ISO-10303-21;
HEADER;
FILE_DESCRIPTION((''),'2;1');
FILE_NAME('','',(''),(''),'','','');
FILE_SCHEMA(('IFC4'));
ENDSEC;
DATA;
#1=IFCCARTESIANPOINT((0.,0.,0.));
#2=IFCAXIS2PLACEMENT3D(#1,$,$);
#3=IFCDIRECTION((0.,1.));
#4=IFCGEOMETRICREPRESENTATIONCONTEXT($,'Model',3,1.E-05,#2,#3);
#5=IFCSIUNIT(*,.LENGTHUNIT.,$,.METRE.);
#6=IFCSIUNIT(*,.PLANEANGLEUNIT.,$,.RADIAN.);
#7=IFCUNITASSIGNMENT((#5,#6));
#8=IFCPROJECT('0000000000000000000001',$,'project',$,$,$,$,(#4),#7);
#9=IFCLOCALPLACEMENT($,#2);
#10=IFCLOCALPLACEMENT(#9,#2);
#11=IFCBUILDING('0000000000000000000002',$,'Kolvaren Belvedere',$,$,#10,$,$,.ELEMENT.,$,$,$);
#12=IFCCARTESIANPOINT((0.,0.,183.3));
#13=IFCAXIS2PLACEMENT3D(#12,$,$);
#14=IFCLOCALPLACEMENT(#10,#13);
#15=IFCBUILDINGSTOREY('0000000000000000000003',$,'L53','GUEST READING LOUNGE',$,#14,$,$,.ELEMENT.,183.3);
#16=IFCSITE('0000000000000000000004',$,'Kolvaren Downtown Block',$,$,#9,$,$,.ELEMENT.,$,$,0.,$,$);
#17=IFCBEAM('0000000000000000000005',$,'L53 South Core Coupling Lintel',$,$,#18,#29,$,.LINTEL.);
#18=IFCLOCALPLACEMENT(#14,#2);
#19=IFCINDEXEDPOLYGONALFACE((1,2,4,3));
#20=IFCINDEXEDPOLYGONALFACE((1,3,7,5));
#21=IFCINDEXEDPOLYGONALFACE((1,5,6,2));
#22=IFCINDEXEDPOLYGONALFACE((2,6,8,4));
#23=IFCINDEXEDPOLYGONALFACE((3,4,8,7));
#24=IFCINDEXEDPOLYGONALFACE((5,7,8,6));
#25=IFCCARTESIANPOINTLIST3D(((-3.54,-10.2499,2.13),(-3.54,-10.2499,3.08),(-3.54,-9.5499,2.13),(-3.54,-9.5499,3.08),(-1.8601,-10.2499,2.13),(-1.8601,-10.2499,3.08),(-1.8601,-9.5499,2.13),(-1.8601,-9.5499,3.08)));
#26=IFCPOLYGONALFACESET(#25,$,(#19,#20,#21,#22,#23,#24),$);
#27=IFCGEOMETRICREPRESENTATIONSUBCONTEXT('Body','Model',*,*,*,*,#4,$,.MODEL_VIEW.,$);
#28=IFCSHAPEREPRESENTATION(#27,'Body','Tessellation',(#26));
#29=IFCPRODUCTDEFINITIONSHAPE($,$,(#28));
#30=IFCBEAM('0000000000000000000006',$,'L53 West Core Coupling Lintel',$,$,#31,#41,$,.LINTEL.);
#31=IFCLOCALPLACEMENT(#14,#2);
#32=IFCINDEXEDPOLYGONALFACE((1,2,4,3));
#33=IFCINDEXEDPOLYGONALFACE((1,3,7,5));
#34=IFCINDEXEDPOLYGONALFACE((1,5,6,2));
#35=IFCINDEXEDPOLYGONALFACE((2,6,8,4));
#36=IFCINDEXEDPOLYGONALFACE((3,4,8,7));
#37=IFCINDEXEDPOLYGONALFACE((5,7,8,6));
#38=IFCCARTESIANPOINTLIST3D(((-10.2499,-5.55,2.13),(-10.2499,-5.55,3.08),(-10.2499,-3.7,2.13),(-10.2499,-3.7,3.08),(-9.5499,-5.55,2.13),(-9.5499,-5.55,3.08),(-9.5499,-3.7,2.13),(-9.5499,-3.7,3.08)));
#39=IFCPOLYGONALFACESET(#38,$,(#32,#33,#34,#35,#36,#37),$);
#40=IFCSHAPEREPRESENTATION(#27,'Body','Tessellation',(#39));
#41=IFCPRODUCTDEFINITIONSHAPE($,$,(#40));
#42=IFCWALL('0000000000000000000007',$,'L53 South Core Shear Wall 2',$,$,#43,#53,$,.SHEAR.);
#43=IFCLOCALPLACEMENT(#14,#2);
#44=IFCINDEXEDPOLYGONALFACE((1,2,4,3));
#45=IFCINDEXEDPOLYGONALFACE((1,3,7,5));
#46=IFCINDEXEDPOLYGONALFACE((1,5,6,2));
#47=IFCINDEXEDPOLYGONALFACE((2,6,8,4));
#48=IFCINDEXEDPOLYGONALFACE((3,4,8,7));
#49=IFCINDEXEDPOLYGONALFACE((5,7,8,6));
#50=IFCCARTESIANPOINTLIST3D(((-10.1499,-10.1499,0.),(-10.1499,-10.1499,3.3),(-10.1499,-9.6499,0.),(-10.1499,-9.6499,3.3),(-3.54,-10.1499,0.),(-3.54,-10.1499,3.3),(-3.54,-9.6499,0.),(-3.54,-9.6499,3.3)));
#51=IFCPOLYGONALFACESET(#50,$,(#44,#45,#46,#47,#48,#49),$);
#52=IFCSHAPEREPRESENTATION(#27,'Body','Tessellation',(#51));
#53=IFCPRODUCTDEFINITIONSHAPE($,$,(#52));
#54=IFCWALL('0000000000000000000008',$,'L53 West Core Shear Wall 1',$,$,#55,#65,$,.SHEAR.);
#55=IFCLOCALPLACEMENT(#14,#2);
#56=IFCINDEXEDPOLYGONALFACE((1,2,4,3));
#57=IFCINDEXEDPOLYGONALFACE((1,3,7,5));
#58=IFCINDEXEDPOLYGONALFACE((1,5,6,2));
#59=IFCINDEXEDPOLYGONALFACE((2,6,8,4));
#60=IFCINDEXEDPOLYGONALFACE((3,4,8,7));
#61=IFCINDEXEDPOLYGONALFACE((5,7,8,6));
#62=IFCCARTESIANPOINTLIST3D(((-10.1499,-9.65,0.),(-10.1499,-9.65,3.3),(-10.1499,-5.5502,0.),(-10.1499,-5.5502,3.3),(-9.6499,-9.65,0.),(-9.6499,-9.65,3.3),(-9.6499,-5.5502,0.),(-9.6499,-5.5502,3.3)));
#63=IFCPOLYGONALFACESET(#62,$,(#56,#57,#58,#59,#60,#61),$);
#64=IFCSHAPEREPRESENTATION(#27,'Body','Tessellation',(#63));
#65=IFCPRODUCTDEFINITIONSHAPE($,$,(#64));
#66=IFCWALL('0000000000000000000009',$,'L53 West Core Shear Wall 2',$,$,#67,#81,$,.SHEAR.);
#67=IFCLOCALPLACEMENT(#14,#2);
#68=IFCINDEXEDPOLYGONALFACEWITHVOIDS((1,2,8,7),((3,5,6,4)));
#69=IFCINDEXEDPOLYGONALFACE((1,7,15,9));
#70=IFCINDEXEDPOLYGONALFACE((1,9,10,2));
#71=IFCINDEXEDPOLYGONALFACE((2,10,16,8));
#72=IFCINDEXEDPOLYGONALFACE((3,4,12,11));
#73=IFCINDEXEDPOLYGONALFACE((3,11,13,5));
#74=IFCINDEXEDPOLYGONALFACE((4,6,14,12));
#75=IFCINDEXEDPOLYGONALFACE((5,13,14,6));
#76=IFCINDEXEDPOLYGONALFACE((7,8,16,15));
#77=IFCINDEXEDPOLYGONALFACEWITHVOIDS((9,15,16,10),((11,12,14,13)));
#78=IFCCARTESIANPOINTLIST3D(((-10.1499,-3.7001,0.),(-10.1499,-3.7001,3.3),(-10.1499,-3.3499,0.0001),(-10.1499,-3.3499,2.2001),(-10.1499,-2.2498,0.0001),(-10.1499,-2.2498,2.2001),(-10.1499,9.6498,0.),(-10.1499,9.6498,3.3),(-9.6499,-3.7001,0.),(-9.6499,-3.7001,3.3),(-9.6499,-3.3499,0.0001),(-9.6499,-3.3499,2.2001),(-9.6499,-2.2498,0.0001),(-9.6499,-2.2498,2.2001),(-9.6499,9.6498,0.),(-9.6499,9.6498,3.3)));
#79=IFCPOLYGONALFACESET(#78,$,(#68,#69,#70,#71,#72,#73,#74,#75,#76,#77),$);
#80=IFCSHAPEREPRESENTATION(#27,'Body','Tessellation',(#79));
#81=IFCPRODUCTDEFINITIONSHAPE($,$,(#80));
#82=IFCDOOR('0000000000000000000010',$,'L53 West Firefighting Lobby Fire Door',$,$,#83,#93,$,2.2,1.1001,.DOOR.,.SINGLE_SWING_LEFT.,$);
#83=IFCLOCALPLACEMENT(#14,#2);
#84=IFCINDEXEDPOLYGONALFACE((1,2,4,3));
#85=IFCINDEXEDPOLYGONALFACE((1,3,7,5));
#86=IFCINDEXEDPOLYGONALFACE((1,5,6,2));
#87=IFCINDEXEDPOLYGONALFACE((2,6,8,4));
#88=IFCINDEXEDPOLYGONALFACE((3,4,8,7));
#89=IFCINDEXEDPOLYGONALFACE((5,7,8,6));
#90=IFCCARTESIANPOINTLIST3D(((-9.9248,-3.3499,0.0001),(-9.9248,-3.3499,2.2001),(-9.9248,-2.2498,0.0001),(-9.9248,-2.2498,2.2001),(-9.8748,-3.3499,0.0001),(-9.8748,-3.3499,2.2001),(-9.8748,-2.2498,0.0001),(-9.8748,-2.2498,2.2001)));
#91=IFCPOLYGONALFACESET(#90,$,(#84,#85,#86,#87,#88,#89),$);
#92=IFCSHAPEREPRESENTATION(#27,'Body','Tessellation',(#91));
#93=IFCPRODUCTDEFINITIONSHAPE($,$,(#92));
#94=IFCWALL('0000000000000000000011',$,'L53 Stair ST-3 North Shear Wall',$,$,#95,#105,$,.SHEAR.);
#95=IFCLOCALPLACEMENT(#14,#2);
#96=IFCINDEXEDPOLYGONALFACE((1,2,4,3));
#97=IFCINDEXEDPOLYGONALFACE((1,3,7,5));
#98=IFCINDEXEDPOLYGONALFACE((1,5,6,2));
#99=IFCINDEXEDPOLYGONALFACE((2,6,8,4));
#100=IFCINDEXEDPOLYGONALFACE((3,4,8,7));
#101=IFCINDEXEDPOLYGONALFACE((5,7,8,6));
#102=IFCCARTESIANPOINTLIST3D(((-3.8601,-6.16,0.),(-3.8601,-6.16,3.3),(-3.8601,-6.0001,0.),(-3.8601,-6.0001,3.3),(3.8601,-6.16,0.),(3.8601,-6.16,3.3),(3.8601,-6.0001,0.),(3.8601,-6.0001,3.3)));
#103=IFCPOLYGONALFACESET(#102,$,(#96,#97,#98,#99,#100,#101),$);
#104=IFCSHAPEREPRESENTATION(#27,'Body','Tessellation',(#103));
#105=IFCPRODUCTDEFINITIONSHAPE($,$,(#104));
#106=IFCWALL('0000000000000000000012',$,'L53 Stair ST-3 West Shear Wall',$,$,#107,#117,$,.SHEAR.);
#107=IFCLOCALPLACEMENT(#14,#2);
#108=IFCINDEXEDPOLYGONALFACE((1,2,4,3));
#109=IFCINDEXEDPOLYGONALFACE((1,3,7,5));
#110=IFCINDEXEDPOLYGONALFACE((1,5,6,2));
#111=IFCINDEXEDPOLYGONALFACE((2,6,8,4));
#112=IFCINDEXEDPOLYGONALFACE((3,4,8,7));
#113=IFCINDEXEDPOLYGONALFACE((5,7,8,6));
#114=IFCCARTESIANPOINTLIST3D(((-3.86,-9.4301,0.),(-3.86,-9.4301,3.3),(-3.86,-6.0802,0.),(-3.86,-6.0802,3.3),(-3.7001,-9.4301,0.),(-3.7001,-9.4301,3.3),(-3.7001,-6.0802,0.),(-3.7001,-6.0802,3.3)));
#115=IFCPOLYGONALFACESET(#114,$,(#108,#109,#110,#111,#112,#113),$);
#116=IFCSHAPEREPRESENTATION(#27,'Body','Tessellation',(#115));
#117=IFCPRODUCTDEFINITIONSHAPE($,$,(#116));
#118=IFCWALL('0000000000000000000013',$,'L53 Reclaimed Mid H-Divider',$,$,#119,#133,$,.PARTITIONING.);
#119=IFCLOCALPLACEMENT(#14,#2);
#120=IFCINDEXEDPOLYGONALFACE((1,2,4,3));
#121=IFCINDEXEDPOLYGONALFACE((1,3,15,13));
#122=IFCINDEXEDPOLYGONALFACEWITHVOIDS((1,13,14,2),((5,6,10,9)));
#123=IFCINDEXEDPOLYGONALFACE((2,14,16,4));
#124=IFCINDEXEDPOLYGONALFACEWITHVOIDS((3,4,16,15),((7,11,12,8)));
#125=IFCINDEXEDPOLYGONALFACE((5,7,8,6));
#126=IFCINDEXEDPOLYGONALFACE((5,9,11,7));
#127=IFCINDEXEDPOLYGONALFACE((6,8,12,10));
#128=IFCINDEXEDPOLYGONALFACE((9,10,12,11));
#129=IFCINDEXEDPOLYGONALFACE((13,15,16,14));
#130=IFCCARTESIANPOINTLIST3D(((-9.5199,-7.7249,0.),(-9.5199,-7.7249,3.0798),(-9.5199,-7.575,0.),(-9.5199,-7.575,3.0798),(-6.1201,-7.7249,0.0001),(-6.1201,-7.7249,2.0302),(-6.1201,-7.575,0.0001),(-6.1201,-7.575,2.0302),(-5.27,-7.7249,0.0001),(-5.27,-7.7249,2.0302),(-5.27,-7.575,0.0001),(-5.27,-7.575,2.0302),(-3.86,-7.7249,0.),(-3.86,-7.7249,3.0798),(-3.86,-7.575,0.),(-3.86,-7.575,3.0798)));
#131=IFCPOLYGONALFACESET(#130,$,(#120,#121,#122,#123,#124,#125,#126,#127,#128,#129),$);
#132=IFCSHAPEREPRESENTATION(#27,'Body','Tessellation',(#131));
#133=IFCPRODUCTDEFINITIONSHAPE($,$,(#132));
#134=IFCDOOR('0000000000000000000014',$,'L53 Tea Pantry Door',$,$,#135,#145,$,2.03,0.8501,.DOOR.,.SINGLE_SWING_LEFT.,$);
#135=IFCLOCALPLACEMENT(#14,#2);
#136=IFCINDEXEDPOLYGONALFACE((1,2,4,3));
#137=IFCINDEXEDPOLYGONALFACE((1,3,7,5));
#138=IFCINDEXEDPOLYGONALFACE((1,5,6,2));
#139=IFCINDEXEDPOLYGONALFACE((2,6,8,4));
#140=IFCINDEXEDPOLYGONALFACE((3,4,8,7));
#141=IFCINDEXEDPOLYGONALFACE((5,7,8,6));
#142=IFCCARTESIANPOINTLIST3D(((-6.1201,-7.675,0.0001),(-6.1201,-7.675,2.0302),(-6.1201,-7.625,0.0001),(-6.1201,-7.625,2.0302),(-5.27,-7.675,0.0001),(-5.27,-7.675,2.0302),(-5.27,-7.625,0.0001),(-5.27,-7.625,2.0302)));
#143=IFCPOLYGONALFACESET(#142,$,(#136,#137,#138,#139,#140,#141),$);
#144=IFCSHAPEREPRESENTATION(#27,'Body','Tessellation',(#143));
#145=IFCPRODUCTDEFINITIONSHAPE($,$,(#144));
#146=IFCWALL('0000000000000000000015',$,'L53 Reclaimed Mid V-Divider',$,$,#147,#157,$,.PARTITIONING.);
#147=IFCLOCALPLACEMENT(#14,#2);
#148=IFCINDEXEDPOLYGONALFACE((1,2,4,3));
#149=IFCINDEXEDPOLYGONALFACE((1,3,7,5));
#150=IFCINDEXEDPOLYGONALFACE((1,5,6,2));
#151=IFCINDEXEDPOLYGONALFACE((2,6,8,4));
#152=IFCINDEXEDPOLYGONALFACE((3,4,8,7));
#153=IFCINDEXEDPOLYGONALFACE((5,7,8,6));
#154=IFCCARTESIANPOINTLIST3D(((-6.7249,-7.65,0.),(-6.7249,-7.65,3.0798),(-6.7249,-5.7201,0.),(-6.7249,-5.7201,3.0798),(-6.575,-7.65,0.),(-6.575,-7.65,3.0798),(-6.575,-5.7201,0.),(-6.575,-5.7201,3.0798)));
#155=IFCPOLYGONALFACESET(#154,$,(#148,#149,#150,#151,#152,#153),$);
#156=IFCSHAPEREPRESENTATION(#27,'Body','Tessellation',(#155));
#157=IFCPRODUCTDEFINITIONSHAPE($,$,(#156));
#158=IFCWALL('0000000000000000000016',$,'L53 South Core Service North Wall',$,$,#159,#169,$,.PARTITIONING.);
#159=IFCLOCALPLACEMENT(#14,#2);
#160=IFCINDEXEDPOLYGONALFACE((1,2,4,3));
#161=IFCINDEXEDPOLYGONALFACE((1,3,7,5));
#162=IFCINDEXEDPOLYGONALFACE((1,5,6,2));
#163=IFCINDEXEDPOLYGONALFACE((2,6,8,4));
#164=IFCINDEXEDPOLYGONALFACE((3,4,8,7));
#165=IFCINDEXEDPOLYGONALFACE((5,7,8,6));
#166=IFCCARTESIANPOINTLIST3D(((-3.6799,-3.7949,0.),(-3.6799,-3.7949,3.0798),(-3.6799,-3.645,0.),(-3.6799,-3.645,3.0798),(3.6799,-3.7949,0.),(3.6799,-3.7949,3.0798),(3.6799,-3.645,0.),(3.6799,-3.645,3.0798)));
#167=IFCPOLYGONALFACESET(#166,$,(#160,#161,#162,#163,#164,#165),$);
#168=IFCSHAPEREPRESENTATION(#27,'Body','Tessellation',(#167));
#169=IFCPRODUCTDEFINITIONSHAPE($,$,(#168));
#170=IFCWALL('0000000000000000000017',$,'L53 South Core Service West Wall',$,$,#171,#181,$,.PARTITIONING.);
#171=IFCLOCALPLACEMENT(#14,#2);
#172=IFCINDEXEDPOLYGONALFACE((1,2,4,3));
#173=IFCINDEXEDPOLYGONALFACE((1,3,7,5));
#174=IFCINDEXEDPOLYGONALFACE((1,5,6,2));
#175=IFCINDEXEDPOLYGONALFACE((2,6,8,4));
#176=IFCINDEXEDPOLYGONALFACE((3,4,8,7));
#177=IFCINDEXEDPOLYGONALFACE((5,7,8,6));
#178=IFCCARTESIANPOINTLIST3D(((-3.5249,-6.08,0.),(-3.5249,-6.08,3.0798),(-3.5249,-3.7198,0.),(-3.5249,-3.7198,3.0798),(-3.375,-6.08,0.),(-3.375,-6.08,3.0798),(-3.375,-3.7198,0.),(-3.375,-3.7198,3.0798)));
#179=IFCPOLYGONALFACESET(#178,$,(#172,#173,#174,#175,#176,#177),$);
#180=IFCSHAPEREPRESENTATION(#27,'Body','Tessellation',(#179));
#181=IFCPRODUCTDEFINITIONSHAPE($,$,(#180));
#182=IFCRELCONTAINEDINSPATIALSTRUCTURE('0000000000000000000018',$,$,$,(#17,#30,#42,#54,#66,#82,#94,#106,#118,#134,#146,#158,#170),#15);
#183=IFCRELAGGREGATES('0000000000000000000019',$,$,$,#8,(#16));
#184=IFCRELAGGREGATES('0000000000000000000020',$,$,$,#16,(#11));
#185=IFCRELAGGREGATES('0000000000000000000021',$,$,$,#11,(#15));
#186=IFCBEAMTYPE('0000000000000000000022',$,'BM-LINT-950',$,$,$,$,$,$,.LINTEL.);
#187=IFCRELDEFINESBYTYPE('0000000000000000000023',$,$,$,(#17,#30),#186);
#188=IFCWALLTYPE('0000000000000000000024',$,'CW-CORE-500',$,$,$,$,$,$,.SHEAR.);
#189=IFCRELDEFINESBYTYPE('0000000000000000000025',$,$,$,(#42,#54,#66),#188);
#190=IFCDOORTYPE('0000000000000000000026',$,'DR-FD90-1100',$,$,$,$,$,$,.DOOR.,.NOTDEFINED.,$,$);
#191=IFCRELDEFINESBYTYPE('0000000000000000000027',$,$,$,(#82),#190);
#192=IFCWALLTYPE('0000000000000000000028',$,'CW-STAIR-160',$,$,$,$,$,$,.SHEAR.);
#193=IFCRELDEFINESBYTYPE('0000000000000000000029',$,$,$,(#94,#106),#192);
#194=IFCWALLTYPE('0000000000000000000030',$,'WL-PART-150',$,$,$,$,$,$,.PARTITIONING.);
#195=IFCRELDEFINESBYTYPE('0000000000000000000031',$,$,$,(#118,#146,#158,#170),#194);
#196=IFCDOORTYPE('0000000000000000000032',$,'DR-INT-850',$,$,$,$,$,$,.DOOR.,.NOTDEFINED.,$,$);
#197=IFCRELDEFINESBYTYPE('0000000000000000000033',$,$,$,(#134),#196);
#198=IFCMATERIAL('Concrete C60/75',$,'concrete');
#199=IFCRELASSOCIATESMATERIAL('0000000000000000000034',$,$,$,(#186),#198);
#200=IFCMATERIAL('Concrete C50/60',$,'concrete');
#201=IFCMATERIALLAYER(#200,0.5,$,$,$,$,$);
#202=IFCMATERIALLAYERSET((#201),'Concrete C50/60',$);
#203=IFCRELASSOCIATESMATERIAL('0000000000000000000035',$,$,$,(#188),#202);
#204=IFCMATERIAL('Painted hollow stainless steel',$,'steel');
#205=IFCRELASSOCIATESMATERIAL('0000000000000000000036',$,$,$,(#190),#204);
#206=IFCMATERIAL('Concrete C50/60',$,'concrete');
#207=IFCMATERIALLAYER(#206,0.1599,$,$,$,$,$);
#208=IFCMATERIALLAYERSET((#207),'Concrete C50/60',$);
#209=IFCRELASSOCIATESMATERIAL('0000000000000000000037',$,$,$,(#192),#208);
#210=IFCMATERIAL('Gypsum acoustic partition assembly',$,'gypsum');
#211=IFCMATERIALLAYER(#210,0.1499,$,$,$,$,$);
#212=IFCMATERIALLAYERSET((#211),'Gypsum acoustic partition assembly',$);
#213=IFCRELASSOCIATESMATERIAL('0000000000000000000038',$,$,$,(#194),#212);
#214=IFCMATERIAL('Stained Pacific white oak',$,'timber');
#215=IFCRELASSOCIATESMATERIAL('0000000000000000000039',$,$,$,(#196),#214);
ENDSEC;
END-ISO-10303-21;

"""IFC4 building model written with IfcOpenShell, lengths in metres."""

from ifc_helpers import new_model, si_unit, direction, frame, frame_2d, origin, origin_2d, place, context, subcontext, project, spatial, rectangle, extrude, material, layer, layer_set, material_profile, profile_set, type_object, element, fill, save


model = new_model("IFC4")

# Units and contexts
model_context = context("Model", 3, precision=1e-05, world=origin(), true_north=direction((0.0, 1.0)))
body_context = subcontext(model_context, "Body", "Model", "MODEL_VIEW")
ifc_project = project(units=[si_unit("LENGTHUNIT", "METRE"), si_unit("PLANEANGLEUNIT", "RADIAN")], contexts=[model_context])

# Site, building, storey
site_placement = place(None, origin())
site = spatial("IfcSite", under=ifc_project, at=site_placement, Name="Kolvaren Downtown Block", CompositionType="ELEMENT", RefElevation=0.0)
building_placement = place(site_placement, origin())
building = spatial("IfcBuilding", under=site, at=building_placement, Name="Kolvaren Belvedere", CompositionType="ELEMENT")
storey_placement = place(building_placement, frame((0.0, 0.0, 183.3)))
storey = spatial("IfcBuildingStorey", under=building, at=storey_placement, Name="L53", Description="GUEST READING LOUNGE", CompositionType="ELEMENT", Elevation=183.3)

# Beams
ifc_material_1 = material(Name="Concrete C60/75", Category="concrete")
ifc_material_profile_1 = material_profile(ifc_material_1, rectangle(XDim=0.7, YDim=0.95, at=origin_2d()), Name="RC 700X950")
ifc_profile_set_1 = profile_set([ifc_material_profile_1], Name="Concrete C60/75")
beam_type_1 = type_object("IfcBeamType", Name="BM-LINT-950", PredefinedType="LINTEL", material=ifc_profile_set_1)
beam_1_placement = place(storey_placement, frame((-3.54, -9.8999, 2.605), z_axis=(1.0, 0.0, 0.0), x_axis=(0.0, 1.0, 0.0)))
element("IfcBeam", 1, at=beam_1_placement, inside=storey, type_object=beam_type_1, Name="L53 South Core Coupling Lintel", PredefinedType="LINTEL", context=body_context, shape_type="SweptSolid", body=[
    extrude(rectangle(XDim=0.7, YDim=0.95, at=origin_2d()), origin(), (0.0, 0.0, 1.0), 1.6799),
])
beam_2_placement = place(storey_placement, frame((-9.8999, -5.55, 2.605), z_axis=(0.0, 1.0, 0.0), x_axis=(-1.0, 0.0, 0.0)))
element("IfcBeam", 2, at=beam_2_placement, inside=storey, type_object=beam_type_1, Name="L53 West Core Coupling Lintel", PredefinedType="LINTEL", context=body_context, shape_type="SweptSolid", body=[
    extrude(rectangle(XDim=0.7, YDim=0.95, at=origin_2d()), origin(), (0.0, 0.0, 1.0), 1.8501),
])

# Walls
ifc_material_2 = material(Name="Concrete C50/60", Category="concrete")
ifc_layer_1 = layer(ifc_material_2, 0.5)
ifc_layer_set_1 = layer_set([ifc_layer_1], Name="Concrete C50/60")
wall_type_1 = type_object("IfcWallType", Name="CW-CORE-500", PredefinedType="SHEAR", material=ifc_layer_set_1)
wall_1_placement = place(storey_placement, frame((-3.54, -9.8999, 0.0), z_axis=(0.0, 0.0, 1.0), x_axis=(-1.0, 0.0, 0.0)))
element("IfcWall", 3, at=wall_1_placement, inside=storey, type_object=wall_type_1, Name="L53 South Core Shear Wall 2", PredefinedType="SHEAR", context=body_context, shape_type="SweptSolid", body=[
    extrude(rectangle(XDim=6.6099, YDim=0.5, at=frame_2d((3.3049, 0.0))), origin(), (0.0, 0.0, 1.0), 3.3),
])
wall_2_placement = place(storey_placement, frame((-9.8999, -9.6499, 0.0), z_axis=(0.0, 0.0, 1.0), x_axis=(0.0, 1.0, 0.0)))
element("IfcWall", 4, at=wall_2_placement, inside=storey, type_object=wall_type_1, Name="L53 West Core Shear Wall 1", PredefinedType="SHEAR", context=body_context, shape_type="SweptSolid", body=[
    extrude(rectangle(XDim=4.0999, YDim=0.5, at=frame_2d((2.0498, 0.0))), origin(), (0.0, 0.0, 1.0), 3.3),
])

# Wall, opening, door
wall_3_placement = place(storey_placement, frame((-9.8999, -3.7, 0.0), z_axis=(0.0, 0.0, 1.0), x_axis=(0.0, 1.0, 0.0)))
wall_3 = element("IfcWall", 5, at=wall_3_placement, inside=storey, type_object=wall_type_1, Name="L53 West Core Shear Wall 2", PredefinedType="SHEAR", context=body_context, shape_type="SweptSolid", body=[
    extrude(rectangle(XDim=13.3499, YDim=0.5, at=frame_2d((6.6748, 0.0))), origin(), (0.0, 0.0, 1.0), 3.3),
])
opening_1_placement = place(wall_3_placement, frame((0.3501, 0.0, 0.0)))
opening_1 = element("IfcOpeningElement", 6, at=opening_1_placement, cuts=wall_3, PredefinedType="OPENING", context=body_context, shape_type="SweptSolid", body=[
    extrude(rectangle(XDim=1.1001, YDim=2.2, at=frame_2d((0.55, 1.1001))), frame((0.0, 0.26, 0.0), z_axis=(0.0, -1.0, 0.0), x_axis=(1.0, 0.0, 0.0)), (0.0, 0.0, 1.0), 0.52),
])
ifc_material_3 = material(Name="Painted hollow stainless steel", Category="steel")
door_type_1 = type_object("IfcDoorType", Name="DR-FD90-1100", OperationType="NOTDEFINED", PredefinedType="DOOR", material=ifc_material_3)
door_1_placement = place(opening_1_placement, origin())
door_1 = element("IfcDoor", 7, at=door_1_placement, inside=storey, type_object=door_type_1, Name="L53 West Firefighting Lobby Fire Door", OperationType="SINGLE_SWING_LEFT", OverallHeight=2.2, OverallWidth=1.1001, PredefinedType="DOOR", context=body_context, shape_type="SweptSolid", body=[
    extrude(rectangle(XDim=1.1001, YDim=2.2, at=frame_2d((0.55, 1.1001))), frame((0.0, 0.0249, 0.0), z_axis=(0.0, -1.0, 0.0), x_axis=(1.0, 0.0, 0.0)), (0.0, 0.0, 1.0), 0.05),
])
fill(opening_1, door_1)

# Walls
ifc_material_4 = material(Name="Concrete C50/60", Category="concrete")
ifc_layer_2 = layer(ifc_material_4, 0.1599)
ifc_layer_set_2 = layer_set([ifc_layer_2], Name="Concrete C50/60")
wall_type_2 = type_object("IfcWallType", Name="CW-STAIR-160", PredefinedType="SHEAR", material=ifc_layer_set_2)
wall_4_placement = place(storey_placement, frame((-3.8601, -6.0801, 0.0), z_axis=(0.0, 0.0, 1.0), x_axis=(1.0, 0.0, 0.0)))
element("IfcWall", 8, at=wall_4_placement, inside=storey, type_object=wall_type_2, Name="L53 Stair ST-3 North Shear Wall", PredefinedType="SHEAR", context=body_context, shape_type="SweptSolid", body=[
    extrude(rectangle(XDim=7.7202, YDim=0.1599, at=frame_2d((3.8601, 0.0))), origin(), (0.0, 0.0, 1.0), 3.3),
])
wall_5_placement = place(storey_placement, frame((-3.78, -9.4299, 0.0), z_axis=(0.0, 0.0, 1.0), x_axis=(0.0, 1.0, 0.0)))
element("IfcWall", 9, at=wall_5_placement, inside=storey, type_object=wall_type_2, Name="L53 Stair ST-3 West Shear Wall", PredefinedType="SHEAR", context=body_context, shape_type="SweptSolid", body=[
    extrude(rectangle(XDim=3.3499, YDim=0.1599, at=frame_2d((1.6748, 0.0))), origin(), (0.0, 0.0, 1.0), 3.3),
])

# Wall, opening, door
ifc_material_5 = material(Name="Gypsum acoustic partition assembly", Category="gypsum")
ifc_layer_3 = layer(ifc_material_5, 0.1499)
ifc_layer_set_3 = layer_set([ifc_layer_3], Name="Gypsum acoustic partition assembly")
wall_type_3 = type_object("IfcWallType", Name="WL-PART-150", PredefinedType="PARTITIONING", material=ifc_layer_set_3)
wall_6_placement = place(storey_placement, frame((-9.52, -7.6499, 0.0), z_axis=(0.0, 0.0, 1.0), x_axis=(1.0, 0.0, 0.0)))
wall_6 = element("IfcWall", 10, at=wall_6_placement, inside=storey, type_object=wall_type_3, Name="L53 Reclaimed Mid H-Divider", PredefinedType="PARTITIONING", context=body_context, shape_type="SweptSolid", body=[
    extrude(rectangle(XDim=5.6599, YDim=0.1499, at=frame_2d((2.8301, 0.0))), origin(), (0.0, 0.0, 1.0), 3.0798),
])
opening_2_placement = place(wall_6_placement, frame((3.3999, 0.0, 0.0)))
opening_2 = element("IfcOpeningElement", 11, at=opening_2_placement, cuts=wall_6, PredefinedType="OPENING", context=body_context, shape_type="SweptSolid", body=[
    extrude(rectangle(XDim=0.8501, YDim=2.03, at=frame_2d((0.425, 1.0151))), frame((0.0, 0.085, 0.0), z_axis=(0.0, -1.0, 0.0), x_axis=(1.0, 0.0, 0.0)), (0.0, 0.0, 1.0), 0.1699),
])
ifc_material_6 = material(Name="Stained Pacific white oak", Category="timber")
door_type_2 = type_object("IfcDoorType", Name="DR-INT-850", OperationType="NOTDEFINED", PredefinedType="DOOR", material=ifc_material_6)
door_2_placement = place(opening_2_placement, origin())
door_2 = element("IfcDoor", 12, at=door_2_placement, inside=storey, type_object=door_type_2, Name="L53 Tea Pantry Door", OperationType="SINGLE_SWING_LEFT", OverallHeight=2.03, OverallWidth=0.8501, PredefinedType="DOOR", context=body_context, shape_type="SweptSolid", body=[
    extrude(rectangle(XDim=0.8501, YDim=2.03, at=frame_2d((0.425, 1.0151))), frame((0.0, 0.0249, 0.0), z_axis=(0.0, -1.0, 0.0), x_axis=(1.0, 0.0, 0.0)), (0.0, 0.0, 1.0), 0.05),
])
fill(opening_2, door_2)

# Walls
wall_7_placement = place(storey_placement, frame((-6.6499, -7.6499, 0.0), z_axis=(0.0, 0.0, 1.0), x_axis=(0.0, 1.0, 0.0)))
element("IfcWall", 13, at=wall_7_placement, inside=storey, type_object=wall_type_3, Name="L53 Reclaimed Mid V-Divider", PredefinedType="PARTITIONING", context=body_context, shape_type="SweptSolid", body=[
    extrude(rectangle(XDim=1.9299, YDim=0.1499, at=frame_2d((0.9648, 0.0))), origin(), (0.0, 0.0, 1.0), 3.0798),
])
wall_8_placement = place(storey_placement, frame((-3.6799, -3.72, 0.0), z_axis=(0.0, 0.0, 1.0), x_axis=(1.0, 0.0, 0.0)))
element("IfcWall", 14, at=wall_8_placement, inside=storey, type_object=wall_type_3, Name="L53 South Core Service North Wall", PredefinedType="PARTITIONING", context=body_context, shape_type="SweptSolid", body=[
    extrude(rectangle(XDim=7.3599, YDim=0.1499, at=frame_2d((3.6799, 0.0))), origin(), (0.0, 0.0, 1.0), 3.0798),
])
wall_9_placement = place(storey_placement, frame((-3.45, -6.0801, 0.0), z_axis=(0.0, 0.0, 1.0), x_axis=(0.0, 1.0, 0.0)))
element("IfcWall", 15, at=wall_9_placement, inside=storey, type_object=wall_type_3, Name="L53 South Core Service West Wall", PredefinedType="PARTITIONING", context=body_context, shape_type="SweptSolid", body=[
    extrude(rectangle(XDim=2.3601, YDim=0.1499, at=frame_2d((1.1802, 0.0))), origin(), (0.0, 0.0, 1.0), 3.0798),
])

save(model, "model.ifc")
